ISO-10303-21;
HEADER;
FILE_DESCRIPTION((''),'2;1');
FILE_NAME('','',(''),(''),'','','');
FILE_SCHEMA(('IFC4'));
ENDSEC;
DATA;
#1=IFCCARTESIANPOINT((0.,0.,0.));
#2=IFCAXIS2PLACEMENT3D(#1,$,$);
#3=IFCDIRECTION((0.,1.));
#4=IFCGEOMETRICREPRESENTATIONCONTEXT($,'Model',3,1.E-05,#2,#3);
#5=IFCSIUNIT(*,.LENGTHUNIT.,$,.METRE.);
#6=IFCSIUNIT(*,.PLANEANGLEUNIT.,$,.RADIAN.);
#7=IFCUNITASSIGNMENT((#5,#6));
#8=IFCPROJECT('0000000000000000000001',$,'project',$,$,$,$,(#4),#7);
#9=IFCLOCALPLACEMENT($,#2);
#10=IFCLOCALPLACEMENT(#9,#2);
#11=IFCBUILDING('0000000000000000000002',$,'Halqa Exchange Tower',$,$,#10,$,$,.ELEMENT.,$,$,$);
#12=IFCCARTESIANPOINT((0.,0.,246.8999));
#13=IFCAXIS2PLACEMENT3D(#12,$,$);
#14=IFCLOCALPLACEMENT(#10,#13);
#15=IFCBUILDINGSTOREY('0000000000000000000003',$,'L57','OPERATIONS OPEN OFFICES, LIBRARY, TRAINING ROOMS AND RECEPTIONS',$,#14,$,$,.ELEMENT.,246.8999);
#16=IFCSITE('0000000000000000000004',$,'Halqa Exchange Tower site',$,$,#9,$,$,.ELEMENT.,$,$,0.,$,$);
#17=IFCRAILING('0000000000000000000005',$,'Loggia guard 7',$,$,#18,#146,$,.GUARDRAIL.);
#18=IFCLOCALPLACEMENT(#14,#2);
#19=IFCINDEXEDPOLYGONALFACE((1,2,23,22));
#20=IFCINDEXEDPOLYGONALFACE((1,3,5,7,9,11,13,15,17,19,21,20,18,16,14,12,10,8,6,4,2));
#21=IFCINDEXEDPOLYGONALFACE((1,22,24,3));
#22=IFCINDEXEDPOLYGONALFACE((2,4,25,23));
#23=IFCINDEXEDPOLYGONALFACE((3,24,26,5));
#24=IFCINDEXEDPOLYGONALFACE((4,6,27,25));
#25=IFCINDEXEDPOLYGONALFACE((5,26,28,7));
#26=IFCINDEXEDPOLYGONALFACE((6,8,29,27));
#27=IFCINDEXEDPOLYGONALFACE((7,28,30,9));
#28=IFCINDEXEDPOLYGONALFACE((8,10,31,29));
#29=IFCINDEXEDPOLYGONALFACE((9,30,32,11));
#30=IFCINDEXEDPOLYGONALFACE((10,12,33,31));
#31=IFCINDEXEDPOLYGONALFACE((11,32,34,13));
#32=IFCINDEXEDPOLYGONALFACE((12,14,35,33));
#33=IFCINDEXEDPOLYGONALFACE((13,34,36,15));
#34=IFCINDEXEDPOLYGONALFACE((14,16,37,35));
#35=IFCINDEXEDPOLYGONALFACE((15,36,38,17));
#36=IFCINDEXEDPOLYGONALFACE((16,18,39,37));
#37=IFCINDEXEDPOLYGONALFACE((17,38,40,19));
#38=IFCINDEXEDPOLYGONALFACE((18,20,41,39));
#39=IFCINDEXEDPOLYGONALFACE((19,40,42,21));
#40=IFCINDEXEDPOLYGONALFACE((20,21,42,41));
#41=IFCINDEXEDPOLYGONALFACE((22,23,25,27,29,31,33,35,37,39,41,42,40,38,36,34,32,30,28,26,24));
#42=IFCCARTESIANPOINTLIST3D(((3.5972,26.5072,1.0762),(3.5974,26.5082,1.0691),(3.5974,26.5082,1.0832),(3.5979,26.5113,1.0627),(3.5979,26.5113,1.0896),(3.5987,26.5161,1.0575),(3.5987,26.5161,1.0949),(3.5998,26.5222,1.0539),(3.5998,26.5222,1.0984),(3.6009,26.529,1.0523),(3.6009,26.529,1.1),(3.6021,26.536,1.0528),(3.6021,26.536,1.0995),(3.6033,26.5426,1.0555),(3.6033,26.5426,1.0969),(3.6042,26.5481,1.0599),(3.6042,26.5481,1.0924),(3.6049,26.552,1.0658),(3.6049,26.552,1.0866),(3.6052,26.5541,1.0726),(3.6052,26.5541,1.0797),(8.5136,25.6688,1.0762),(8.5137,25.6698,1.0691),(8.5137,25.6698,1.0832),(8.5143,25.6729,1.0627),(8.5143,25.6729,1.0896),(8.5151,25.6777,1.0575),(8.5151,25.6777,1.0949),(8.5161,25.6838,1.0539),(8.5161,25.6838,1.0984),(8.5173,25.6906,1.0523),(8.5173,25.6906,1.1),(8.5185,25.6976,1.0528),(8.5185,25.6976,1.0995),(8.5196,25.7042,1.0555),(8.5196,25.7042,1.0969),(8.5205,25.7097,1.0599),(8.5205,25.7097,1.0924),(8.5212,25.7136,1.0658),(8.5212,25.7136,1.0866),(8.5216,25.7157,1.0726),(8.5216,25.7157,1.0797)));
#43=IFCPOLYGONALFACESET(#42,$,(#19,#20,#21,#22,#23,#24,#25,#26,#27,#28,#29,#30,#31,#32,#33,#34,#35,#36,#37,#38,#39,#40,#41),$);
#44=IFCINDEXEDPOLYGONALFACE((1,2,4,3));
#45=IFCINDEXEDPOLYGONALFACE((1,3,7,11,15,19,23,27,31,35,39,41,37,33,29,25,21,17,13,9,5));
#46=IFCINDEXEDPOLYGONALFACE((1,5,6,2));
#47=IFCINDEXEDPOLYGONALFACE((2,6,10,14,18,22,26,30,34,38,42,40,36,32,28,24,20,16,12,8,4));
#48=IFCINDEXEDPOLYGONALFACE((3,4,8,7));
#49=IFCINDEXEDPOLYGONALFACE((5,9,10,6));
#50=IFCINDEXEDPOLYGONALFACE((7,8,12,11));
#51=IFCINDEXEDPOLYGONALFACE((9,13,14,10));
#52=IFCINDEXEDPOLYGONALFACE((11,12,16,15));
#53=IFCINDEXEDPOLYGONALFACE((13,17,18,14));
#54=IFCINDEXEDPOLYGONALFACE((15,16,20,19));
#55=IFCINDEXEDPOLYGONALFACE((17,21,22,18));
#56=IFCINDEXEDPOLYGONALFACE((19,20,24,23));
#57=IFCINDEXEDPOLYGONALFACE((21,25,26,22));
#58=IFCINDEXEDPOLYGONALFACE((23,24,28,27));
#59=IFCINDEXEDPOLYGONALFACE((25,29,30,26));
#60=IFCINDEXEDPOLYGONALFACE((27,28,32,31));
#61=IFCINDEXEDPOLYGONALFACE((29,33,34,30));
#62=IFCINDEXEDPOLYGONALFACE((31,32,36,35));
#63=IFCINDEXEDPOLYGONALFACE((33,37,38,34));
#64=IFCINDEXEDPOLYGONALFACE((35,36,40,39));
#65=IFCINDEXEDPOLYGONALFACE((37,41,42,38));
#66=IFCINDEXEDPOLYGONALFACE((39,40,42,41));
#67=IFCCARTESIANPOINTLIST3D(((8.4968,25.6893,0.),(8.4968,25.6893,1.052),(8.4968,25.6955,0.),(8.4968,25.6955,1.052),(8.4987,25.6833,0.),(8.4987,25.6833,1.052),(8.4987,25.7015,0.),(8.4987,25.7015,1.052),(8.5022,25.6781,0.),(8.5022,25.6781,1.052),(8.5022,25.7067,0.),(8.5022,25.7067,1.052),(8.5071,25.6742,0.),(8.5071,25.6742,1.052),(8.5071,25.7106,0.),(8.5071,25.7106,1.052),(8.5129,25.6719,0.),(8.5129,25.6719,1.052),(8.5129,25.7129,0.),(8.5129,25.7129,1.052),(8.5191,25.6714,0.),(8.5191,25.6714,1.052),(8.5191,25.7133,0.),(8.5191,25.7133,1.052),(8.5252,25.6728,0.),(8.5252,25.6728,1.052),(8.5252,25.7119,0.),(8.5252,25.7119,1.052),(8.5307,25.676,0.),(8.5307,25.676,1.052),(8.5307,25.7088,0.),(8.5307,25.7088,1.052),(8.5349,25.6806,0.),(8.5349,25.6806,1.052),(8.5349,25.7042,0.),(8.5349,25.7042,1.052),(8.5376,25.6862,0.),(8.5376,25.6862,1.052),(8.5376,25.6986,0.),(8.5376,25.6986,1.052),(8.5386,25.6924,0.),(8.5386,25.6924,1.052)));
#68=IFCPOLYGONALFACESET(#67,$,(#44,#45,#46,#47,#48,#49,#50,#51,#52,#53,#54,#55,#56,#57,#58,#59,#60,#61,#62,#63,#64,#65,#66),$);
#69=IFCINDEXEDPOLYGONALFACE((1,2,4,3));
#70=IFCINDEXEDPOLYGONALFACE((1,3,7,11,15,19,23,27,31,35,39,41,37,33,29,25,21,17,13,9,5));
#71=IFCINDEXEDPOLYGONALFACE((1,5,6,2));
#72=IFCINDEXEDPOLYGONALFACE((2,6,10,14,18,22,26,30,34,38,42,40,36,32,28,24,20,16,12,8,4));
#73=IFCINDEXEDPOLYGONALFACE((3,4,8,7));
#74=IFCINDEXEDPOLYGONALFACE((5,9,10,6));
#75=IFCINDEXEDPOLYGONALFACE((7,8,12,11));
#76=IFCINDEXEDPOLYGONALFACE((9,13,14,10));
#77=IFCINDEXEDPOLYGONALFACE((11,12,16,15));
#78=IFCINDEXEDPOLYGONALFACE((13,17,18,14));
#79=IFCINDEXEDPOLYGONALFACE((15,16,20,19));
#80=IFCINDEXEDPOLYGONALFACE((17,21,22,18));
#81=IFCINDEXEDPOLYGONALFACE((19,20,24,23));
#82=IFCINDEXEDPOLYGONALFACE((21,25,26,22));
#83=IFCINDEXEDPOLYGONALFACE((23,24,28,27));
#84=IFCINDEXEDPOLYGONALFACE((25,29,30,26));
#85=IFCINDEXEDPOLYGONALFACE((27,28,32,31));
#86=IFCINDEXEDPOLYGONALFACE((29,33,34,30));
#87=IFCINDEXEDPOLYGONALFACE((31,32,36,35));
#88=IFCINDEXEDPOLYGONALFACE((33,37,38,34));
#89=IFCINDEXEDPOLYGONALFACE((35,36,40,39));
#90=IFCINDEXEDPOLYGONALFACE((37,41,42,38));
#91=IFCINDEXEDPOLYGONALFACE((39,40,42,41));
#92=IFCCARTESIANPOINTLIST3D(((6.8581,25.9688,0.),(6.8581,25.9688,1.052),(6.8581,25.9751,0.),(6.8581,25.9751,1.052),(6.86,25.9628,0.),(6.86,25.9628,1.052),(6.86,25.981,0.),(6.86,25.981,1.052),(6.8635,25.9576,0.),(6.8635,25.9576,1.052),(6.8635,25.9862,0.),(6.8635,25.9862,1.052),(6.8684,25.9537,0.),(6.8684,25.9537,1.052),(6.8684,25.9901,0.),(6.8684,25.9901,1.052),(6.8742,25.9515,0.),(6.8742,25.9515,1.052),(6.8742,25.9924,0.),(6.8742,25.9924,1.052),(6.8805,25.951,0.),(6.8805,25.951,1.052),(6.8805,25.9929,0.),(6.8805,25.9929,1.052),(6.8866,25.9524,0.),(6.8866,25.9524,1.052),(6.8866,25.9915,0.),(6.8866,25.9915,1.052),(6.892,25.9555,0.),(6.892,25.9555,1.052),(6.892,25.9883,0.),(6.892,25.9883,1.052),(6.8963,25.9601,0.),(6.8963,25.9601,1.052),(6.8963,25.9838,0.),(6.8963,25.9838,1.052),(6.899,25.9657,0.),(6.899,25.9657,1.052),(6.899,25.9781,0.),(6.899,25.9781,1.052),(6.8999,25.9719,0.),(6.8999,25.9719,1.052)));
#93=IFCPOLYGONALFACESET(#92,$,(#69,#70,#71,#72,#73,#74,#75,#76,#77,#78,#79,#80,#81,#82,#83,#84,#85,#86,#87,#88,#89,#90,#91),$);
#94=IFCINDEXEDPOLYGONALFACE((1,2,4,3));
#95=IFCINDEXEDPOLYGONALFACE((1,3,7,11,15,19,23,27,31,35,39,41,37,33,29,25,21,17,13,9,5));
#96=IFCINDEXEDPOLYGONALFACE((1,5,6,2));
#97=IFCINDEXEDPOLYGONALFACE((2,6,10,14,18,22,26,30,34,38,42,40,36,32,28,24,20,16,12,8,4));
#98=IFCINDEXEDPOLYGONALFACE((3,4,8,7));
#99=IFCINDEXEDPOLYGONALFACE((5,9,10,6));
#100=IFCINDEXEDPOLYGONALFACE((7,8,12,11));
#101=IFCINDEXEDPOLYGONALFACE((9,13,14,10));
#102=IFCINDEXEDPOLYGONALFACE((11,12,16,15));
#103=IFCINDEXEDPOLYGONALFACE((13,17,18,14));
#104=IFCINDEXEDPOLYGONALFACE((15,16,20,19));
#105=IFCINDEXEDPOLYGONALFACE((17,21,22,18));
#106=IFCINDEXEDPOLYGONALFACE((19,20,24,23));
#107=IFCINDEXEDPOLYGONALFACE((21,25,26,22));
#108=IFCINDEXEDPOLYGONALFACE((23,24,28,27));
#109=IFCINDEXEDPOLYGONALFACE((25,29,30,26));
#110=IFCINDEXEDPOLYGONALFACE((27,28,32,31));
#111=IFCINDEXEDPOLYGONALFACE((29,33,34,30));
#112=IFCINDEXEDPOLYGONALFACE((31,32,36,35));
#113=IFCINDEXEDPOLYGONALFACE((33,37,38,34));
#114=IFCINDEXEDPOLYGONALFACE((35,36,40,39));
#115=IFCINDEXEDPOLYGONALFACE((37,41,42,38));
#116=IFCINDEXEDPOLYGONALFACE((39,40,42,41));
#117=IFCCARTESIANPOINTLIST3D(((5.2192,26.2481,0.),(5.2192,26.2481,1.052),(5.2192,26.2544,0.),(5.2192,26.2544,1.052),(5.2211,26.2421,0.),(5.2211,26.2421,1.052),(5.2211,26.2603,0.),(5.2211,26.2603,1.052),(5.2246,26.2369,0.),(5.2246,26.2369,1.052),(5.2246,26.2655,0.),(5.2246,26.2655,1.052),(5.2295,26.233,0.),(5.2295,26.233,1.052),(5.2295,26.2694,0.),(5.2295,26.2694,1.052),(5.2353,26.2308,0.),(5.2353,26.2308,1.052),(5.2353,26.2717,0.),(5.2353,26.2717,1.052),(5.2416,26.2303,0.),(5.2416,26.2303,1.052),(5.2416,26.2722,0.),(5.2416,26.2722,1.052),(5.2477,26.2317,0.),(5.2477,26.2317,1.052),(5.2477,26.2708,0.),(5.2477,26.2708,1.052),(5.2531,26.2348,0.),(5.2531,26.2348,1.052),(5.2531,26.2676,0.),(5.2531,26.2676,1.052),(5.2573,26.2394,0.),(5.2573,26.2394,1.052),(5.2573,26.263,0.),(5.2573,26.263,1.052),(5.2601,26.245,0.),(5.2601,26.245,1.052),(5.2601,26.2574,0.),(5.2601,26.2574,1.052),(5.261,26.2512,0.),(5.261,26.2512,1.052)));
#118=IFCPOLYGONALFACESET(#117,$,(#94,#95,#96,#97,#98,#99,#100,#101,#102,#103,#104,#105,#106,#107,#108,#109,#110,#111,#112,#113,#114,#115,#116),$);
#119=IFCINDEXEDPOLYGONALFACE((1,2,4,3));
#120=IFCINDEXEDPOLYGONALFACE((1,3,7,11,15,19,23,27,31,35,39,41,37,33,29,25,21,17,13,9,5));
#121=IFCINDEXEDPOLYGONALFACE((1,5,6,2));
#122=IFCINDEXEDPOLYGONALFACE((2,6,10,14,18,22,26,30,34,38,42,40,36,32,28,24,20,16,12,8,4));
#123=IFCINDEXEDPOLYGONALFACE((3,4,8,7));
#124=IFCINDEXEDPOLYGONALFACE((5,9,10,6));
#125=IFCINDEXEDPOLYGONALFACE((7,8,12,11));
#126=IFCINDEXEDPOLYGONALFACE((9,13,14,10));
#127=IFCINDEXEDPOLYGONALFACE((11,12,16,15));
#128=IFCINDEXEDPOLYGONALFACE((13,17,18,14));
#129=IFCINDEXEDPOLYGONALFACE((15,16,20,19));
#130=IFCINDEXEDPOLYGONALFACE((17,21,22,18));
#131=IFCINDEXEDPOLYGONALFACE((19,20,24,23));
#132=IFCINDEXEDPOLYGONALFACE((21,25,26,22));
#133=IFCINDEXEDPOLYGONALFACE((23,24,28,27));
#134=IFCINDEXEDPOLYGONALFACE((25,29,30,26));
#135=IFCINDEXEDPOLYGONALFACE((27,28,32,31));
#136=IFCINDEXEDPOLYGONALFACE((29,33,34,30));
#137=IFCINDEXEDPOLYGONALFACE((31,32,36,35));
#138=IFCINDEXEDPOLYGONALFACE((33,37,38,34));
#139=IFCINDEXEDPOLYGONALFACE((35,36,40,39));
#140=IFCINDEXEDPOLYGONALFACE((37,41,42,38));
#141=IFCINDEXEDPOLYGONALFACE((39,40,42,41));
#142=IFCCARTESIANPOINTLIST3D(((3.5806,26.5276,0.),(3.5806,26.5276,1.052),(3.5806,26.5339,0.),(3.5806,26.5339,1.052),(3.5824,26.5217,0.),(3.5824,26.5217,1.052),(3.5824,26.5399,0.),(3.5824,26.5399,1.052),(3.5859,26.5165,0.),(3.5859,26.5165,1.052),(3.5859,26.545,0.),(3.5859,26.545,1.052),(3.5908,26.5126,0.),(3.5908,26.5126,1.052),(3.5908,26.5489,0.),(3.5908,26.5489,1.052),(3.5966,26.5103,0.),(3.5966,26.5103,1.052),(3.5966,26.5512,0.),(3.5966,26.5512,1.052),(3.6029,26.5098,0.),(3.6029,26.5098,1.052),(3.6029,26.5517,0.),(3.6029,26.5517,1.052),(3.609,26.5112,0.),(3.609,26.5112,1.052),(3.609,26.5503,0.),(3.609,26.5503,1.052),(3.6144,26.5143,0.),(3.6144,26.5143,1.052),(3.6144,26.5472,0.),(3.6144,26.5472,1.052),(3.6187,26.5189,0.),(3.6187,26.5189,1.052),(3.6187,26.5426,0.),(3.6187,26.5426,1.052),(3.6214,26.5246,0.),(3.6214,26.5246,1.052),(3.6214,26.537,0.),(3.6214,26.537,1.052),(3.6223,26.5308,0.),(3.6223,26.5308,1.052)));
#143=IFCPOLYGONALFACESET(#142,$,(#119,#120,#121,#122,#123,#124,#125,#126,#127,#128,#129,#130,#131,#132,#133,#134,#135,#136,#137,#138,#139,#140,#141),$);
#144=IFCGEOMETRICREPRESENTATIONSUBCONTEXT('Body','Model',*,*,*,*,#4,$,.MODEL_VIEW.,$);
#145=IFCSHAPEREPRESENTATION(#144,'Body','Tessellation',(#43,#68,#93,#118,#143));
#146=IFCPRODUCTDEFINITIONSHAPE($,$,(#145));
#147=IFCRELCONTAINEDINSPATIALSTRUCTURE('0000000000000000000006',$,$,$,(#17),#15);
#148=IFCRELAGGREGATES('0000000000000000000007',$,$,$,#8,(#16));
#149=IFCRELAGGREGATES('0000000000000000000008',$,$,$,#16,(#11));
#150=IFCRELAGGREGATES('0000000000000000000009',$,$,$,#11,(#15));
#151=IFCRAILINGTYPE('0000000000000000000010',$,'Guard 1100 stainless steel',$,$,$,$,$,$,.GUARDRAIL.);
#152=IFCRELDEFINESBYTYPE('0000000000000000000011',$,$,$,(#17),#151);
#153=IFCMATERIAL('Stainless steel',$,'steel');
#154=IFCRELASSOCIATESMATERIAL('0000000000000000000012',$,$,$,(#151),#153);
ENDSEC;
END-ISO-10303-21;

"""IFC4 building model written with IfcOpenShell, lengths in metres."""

from ifc_helpers import new_model, si_unit, direction, frame, origin, origin_2d, place, context, subcontext, project, spatial, circle, extrude, material, type_object, element, save


model = new_model("IFC4")

# Units and contexts
model_context = context("Model", 3, precision=1e-05, world=origin(), true_north=direction((0.0, 1.0)))
body_context = subcontext(model_context, "Body", "Model", "MODEL_VIEW")
ifc_project = project(units=[si_unit("LENGTHUNIT", "METRE"), si_unit("PLANEANGLEUNIT", "RADIAN")], contexts=[model_context])

# Site, building, storey
site_placement = place(None, origin())
site = spatial("IfcSite", under=ifc_project, at=site_placement, Name="Halqa Exchange Tower site", CompositionType="ELEMENT", RefElevation=0.0)
building_placement = place(site_placement, origin())
building = spatial("IfcBuilding", under=site, at=building_placement, Name="Halqa Exchange Tower", CompositionType="ELEMENT")
storey_placement = place(building_placement, frame((0.0, 0.0, 246.8999)))
storey = spatial("IfcBuildingStorey", under=building, at=storey_placement, Name="L57", Description="OPERATIONS OPEN OFFICES, LIBRARY, TRAINING ROOMS AND RECEPTIONS", CompositionType="ELEMENT", Elevation=246.8999)

# Railing
ifc_material_1 = material(Name="Stainless steel", Category="steel")
railing_type_1 = type_object("IfcRailingType", Name="Guard 1100 stainless steel", PredefinedType="GUARDRAIL", material=ifc_material_1)
railing_1_placement = place(storey_placement, frame((8.5176, 25.6924, 0.0)))
element("IfcRailing", 1, at=railing_1_placement, inside=storey, type_object=railing_type_1, Name="Loggia guard 7", PredefinedType="GUARDRAIL", context=body_context, shape_type="SweptSolid", body=[
    extrude(circle(Radius=0.0239, at=origin_2d()), frame((0.0, 0.0, 1.0762), z_axis=(-0.985769, 0.168105, 0.0), x_axis=(-0.168105, -0.985769, 0.0)), (0.0, 0.0, 1.0), 4.9873),
    extrude(circle(Radius=0.021, at=origin_2d()), origin(), (0.0, 0.0, 1.0), 1.052),
    extrude(circle(Radius=0.021, at=origin_2d()), frame((-1.6387, 0.2795, 0.0)), (0.0, 0.0, 1.0), 1.052),
    extrude(circle(Radius=0.021, at=origin_2d()), frame((-3.2776, 0.5588, 0.0)), (0.0, 0.0, 1.0), 1.052),
    extrude(circle(Radius=0.021, at=origin_2d()), frame((-4.9163, 0.8384, 0.0)), (0.0, 0.0, 1.0), 1.052),
])

save(model, "model.ifc")
